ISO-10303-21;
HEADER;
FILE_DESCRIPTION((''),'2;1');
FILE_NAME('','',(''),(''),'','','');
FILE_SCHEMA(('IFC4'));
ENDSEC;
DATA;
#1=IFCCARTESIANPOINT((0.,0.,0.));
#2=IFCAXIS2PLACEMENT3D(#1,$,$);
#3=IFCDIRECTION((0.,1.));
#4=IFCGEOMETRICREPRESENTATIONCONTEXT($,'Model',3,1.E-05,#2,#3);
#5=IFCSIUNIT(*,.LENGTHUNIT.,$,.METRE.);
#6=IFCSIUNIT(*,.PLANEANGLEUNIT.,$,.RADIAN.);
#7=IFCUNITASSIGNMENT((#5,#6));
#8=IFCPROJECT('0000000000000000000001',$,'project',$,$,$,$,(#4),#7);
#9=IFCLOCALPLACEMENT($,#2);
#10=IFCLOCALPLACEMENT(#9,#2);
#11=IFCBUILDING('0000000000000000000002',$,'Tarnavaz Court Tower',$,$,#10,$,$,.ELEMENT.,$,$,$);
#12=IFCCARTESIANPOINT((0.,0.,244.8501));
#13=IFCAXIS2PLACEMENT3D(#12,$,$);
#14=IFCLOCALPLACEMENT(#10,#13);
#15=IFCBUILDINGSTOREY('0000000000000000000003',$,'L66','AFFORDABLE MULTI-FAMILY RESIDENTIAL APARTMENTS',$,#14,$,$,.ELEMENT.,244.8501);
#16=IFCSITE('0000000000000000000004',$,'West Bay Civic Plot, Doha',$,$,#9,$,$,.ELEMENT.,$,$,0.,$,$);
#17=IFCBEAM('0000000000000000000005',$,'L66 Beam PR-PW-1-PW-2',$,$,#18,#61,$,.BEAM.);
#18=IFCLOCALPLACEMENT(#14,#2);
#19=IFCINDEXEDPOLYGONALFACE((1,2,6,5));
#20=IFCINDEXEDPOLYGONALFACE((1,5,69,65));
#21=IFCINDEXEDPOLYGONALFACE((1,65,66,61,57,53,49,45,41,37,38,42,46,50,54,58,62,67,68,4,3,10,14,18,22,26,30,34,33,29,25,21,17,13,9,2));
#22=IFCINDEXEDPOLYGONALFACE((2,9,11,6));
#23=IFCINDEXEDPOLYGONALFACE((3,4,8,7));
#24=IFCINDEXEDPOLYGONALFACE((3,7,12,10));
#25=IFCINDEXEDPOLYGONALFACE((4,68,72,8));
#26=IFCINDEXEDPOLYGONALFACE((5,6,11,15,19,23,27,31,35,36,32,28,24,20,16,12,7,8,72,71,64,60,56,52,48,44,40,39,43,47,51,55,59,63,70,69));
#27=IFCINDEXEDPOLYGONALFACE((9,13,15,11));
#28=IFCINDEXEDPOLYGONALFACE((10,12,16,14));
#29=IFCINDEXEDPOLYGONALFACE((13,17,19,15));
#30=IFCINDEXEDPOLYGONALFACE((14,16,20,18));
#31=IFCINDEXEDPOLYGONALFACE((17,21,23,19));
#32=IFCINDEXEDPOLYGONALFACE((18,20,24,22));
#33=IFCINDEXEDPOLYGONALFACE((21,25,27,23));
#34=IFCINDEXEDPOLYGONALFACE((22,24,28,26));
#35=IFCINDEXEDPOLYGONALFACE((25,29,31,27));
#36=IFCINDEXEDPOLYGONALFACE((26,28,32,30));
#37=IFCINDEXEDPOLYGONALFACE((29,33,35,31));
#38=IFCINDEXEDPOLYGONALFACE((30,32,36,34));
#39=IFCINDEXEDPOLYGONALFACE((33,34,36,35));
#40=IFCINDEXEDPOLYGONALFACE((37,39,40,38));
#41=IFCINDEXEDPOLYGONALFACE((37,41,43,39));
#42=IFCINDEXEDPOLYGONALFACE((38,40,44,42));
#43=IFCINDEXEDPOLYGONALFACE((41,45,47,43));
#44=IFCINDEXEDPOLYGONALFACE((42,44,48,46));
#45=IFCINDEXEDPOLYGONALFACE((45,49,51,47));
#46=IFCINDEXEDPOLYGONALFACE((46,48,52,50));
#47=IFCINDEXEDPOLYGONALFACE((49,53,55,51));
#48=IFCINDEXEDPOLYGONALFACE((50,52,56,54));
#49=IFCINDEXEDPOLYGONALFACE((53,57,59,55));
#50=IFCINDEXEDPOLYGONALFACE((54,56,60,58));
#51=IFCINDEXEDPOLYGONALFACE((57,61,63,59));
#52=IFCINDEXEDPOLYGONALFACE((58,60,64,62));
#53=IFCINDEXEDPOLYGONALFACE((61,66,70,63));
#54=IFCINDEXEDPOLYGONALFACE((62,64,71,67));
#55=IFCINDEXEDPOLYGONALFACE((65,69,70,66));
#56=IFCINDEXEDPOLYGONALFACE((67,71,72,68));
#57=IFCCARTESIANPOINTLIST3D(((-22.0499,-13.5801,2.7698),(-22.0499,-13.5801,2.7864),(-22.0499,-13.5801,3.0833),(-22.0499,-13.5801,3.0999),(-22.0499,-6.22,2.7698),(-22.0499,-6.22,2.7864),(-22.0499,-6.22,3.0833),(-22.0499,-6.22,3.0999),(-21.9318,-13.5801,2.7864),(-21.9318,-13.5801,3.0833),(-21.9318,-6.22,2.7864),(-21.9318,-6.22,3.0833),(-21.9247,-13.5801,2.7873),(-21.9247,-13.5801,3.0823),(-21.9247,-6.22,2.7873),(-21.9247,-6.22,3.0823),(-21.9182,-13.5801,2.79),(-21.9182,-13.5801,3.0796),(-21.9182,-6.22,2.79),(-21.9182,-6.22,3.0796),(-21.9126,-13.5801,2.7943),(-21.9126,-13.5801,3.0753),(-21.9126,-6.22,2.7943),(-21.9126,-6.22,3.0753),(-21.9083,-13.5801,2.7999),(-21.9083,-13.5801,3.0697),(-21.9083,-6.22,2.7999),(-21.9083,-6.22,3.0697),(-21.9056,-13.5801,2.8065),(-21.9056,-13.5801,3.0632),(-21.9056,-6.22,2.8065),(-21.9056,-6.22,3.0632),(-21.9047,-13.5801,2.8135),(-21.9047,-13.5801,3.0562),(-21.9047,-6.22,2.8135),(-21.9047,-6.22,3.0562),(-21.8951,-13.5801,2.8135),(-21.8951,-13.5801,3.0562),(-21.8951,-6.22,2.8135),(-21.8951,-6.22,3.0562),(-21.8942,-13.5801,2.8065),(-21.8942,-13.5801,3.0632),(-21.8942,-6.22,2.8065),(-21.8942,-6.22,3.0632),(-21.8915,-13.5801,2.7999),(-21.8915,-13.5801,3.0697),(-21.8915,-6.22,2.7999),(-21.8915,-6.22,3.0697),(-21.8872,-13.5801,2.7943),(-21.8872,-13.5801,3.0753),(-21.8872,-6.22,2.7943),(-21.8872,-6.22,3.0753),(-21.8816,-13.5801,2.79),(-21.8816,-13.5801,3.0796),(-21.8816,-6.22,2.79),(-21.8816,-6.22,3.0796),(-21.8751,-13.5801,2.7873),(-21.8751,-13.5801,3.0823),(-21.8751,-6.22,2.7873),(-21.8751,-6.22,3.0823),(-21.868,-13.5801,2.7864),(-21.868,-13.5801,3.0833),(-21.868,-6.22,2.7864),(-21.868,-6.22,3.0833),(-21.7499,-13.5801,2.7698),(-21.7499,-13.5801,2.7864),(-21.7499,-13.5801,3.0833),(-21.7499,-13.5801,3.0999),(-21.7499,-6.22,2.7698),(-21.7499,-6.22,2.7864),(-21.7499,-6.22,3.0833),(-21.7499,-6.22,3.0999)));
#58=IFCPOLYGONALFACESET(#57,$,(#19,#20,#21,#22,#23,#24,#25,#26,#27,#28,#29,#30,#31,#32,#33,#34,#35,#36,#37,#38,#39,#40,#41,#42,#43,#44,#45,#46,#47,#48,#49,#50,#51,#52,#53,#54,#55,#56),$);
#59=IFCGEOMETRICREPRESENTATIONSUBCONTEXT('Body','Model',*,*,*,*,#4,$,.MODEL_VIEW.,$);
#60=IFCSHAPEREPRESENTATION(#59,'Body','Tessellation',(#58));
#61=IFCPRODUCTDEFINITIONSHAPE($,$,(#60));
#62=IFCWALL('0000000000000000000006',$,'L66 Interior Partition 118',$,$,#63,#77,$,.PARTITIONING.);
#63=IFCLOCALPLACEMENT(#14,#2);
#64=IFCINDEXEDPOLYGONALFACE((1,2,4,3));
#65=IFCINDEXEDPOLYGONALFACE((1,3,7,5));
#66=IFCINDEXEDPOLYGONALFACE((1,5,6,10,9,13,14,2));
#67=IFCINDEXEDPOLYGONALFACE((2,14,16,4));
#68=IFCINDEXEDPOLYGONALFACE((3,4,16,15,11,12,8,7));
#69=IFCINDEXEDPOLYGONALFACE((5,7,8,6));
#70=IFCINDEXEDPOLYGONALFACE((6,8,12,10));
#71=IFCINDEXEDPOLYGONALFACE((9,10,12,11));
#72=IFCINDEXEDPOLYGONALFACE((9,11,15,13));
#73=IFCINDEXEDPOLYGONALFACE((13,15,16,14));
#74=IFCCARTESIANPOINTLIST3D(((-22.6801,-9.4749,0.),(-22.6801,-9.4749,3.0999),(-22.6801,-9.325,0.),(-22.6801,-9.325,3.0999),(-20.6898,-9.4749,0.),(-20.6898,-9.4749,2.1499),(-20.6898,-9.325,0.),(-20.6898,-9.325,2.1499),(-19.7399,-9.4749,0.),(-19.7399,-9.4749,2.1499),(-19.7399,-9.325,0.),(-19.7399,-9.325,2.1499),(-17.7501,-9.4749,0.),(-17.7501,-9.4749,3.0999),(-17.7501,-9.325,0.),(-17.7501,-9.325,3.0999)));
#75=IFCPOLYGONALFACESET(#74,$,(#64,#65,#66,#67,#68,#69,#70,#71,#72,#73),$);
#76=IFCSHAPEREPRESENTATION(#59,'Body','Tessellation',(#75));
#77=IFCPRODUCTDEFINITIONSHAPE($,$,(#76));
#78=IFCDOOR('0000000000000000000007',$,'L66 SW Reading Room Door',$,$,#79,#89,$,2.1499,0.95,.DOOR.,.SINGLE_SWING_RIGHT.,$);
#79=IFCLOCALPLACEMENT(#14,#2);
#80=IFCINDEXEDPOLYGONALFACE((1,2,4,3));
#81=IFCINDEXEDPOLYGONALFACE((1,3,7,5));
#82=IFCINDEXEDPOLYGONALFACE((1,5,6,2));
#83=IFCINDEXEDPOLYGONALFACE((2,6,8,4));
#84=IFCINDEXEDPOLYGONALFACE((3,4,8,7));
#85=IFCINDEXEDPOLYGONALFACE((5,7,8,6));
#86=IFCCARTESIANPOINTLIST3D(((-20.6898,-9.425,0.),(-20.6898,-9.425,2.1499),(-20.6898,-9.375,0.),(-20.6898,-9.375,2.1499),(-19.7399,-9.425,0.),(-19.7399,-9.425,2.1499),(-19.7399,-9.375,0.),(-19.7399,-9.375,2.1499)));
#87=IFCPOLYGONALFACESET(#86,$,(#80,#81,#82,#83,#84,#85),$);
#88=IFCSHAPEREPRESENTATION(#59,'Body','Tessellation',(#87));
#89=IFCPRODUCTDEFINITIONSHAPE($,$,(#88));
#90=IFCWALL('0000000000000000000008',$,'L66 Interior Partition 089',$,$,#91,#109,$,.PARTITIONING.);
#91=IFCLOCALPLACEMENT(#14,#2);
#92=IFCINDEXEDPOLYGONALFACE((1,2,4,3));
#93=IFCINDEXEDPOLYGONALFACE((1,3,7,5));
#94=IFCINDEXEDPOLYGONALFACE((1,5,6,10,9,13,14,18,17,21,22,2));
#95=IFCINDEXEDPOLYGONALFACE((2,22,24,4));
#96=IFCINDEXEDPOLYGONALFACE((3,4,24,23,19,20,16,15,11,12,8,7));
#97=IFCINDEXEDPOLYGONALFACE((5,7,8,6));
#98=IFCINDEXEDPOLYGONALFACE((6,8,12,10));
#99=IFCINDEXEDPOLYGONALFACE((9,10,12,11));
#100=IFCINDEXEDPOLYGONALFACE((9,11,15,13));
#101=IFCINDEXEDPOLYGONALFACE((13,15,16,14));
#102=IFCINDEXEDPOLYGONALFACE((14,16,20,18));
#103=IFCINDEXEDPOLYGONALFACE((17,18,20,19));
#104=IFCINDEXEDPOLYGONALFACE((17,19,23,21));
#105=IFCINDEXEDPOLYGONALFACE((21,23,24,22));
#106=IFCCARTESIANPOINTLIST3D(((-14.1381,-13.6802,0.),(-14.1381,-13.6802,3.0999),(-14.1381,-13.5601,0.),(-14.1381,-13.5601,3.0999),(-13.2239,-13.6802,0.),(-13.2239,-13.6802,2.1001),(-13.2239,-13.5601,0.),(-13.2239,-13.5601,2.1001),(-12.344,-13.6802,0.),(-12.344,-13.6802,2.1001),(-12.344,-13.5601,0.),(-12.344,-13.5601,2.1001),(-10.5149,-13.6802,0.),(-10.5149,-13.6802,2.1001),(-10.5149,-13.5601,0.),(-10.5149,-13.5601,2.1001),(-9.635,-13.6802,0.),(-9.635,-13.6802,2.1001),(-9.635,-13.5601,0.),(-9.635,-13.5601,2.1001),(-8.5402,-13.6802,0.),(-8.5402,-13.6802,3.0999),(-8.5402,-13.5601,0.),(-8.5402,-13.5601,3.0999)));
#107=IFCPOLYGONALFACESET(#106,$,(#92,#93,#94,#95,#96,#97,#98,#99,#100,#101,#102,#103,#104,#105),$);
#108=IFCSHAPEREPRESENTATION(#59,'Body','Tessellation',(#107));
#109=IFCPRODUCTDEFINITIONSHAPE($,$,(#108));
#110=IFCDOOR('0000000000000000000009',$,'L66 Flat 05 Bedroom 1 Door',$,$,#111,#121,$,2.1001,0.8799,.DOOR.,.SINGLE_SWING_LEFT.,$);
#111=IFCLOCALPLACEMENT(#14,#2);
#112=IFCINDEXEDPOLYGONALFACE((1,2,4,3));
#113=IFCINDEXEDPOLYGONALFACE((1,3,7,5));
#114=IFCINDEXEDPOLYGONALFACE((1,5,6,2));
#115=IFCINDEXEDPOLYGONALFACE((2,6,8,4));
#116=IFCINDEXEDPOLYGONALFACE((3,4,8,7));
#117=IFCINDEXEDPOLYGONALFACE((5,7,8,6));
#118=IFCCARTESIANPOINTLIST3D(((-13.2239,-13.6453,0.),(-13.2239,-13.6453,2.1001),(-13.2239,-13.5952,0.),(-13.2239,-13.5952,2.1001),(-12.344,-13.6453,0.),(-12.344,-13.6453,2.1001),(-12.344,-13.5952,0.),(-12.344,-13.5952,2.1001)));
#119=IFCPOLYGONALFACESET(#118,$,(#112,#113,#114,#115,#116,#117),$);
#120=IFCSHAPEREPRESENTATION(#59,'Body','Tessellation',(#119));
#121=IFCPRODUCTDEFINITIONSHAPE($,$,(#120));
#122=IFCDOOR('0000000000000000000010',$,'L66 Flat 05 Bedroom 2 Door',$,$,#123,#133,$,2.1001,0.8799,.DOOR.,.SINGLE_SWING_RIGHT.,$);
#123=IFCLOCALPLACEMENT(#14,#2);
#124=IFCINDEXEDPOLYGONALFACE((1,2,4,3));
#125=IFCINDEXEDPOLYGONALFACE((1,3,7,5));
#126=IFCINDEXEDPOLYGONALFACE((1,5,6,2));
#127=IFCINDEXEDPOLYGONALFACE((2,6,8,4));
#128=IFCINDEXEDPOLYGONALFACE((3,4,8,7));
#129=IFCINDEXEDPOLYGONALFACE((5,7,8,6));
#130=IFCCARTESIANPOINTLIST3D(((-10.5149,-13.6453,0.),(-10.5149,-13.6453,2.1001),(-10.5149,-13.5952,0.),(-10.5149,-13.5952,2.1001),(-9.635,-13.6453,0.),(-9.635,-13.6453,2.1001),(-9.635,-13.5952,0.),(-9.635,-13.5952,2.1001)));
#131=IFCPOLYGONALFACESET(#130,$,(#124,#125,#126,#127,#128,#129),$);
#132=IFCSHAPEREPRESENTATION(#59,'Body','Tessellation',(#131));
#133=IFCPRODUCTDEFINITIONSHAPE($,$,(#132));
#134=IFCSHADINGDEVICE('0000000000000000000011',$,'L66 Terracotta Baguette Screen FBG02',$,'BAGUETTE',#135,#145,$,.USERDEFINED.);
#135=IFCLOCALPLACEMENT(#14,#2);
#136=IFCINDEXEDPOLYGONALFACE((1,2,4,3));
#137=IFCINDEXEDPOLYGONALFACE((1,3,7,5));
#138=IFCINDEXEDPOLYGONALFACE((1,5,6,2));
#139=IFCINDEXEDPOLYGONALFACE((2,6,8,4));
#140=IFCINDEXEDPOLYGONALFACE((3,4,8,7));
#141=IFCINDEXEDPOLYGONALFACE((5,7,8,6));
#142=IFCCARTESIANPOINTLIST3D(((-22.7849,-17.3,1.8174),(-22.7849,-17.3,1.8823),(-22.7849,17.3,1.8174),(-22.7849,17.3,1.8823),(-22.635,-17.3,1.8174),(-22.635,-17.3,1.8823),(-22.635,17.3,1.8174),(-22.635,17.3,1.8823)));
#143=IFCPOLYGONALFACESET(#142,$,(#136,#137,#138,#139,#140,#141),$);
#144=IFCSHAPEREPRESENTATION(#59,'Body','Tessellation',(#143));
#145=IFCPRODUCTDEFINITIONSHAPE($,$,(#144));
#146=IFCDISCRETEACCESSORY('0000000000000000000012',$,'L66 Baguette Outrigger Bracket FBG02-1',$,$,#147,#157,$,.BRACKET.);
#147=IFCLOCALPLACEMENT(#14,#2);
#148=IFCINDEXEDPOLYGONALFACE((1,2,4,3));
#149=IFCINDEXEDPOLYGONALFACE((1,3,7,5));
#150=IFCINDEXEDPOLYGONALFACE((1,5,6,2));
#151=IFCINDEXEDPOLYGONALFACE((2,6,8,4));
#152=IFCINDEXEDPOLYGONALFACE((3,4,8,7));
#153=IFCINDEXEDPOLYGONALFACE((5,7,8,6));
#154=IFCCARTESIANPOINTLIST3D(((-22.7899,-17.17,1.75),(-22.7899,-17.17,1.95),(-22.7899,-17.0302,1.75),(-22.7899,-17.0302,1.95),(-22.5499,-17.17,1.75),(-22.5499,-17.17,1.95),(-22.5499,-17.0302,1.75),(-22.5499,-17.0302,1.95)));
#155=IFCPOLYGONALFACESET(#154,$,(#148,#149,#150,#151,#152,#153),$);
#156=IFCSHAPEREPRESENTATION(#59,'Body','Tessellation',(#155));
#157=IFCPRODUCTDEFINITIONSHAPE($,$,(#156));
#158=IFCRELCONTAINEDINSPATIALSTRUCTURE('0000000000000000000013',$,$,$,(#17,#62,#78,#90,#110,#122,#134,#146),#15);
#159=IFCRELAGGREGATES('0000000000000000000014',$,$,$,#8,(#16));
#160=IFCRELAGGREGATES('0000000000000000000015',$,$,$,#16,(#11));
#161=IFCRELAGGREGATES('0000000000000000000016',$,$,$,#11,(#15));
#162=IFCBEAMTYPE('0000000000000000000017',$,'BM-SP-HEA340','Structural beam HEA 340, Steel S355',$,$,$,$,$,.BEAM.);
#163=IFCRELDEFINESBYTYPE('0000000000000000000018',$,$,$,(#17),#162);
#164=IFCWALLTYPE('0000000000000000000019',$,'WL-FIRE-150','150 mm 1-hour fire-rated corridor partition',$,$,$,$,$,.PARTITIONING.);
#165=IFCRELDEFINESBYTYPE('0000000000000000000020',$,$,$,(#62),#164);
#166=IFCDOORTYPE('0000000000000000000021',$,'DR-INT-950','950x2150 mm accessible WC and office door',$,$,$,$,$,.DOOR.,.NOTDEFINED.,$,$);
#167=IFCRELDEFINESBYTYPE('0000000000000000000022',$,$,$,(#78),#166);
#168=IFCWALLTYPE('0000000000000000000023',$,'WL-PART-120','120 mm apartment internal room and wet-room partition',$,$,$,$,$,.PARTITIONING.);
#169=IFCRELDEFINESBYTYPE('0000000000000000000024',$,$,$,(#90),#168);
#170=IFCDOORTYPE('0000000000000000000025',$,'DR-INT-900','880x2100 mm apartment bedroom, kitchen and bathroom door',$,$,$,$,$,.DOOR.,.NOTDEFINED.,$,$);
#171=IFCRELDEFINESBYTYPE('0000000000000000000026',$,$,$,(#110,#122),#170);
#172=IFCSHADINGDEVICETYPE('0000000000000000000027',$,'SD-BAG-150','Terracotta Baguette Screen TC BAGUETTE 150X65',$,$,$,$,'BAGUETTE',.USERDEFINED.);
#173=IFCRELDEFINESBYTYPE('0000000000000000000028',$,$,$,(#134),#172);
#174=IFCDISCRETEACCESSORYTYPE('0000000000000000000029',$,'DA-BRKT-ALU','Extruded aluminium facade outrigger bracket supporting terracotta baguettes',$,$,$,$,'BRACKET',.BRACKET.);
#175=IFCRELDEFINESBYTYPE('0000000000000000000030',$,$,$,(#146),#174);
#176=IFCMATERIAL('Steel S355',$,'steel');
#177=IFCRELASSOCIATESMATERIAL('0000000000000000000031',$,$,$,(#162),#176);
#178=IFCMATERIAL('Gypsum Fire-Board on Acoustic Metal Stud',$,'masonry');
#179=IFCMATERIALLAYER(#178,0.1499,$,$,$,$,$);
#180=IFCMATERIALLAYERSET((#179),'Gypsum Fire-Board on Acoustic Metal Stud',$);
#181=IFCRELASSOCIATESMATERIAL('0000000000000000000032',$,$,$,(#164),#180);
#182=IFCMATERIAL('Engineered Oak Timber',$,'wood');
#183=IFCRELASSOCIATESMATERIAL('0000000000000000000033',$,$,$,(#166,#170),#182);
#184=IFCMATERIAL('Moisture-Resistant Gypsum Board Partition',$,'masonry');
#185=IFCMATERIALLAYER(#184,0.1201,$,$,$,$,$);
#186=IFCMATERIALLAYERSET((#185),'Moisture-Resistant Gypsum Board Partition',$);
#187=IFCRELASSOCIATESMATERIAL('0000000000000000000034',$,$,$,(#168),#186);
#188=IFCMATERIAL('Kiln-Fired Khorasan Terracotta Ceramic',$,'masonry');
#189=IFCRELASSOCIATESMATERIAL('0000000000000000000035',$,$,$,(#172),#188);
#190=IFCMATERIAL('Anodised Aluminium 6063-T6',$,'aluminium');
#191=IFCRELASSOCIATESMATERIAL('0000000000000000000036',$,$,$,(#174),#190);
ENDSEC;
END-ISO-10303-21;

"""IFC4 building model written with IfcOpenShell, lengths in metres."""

from ifc_helpers import new_model, si_unit, direction, frame, frame_2d, origin, origin_2d, place, context, subcontext, project, spatial, rectangle, i_section, extrude, material, layer, layer_set, material_profile, profile_set, type_object, element, fill, save


model = new_model("IFC4")

# Units and contexts
model_context = context("Model", 3, precision=1e-05, world=origin(), true_north=direction((0.0, 1.0)))
body_context = subcontext(model_context, "Body", "Model", "MODEL_VIEW")
ifc_project = project(units=[si_unit("LENGTHUNIT", "METRE"), si_unit("PLANEANGLEUNIT", "RADIAN")], contexts=[model_context])

# Site, building, storey
site_placement = place(None, origin())
site = spatial("IfcSite", under=ifc_project, at=site_placement, Name="West Bay Civic Plot, Doha", CompositionType="ELEMENT", RefElevation=0.0)
building_placement = place(site_placement, origin())
building = spatial("IfcBuilding", under=site, at=building_placement, Name="Tarnavaz Court Tower", CompositionType="ELEMENT")
storey_placement = place(building_placement, frame((0.0, 0.0, 244.8501)))
storey = spatial("IfcBuildingStorey", under=building, at=storey_placement, Name="L66", Description="AFFORDABLE MULTI-FAMILY RESIDENTIAL APARTMENTS", CompositionType="ELEMENT", Elevation=244.8501)

# Beam
ifc_material_1 = material(Name="Steel S355", Category="steel")
ifc_material_profile_1 = material_profile(ifc_material_1, i_section(OverallWidth=0.3, OverallDepth=0.3301, WebThickness=0.0095, FlangeThickness=0.0166, FilletRadius=0.0271, at=origin_2d()), Name="HEA 340")
ifc_profile_set_1 = profile_set([ifc_material_profile_1], Name="Steel S355")
beam_type_1 = type_object("IfcBeamType", Name="BM-SP-HEA340", Description="Structural beam HEA 340, Steel S355", PredefinedType="BEAM", material=ifc_profile_set_1)
beam_placement = place(storey_placement, frame((-21.8999, -13.5801, 2.9348), z_axis=(0.0, 1.0, 0.0), x_axis=(-1.0, 0.0, 0.0)))
element("IfcBeam", 1, at=beam_placement, inside=storey, type_object=beam_type_1, Name="L66 Beam PR-PW-1-PW-2", PredefinedType="BEAM", context=body_context, shape_type="SweptSolid", body=[
    extrude(i_section(OverallWidth=0.3, OverallDepth=0.3301, WebThickness=0.0095, FlangeThickness=0.0166, FilletRadius=0.0271, at=origin_2d()), origin(), (0.0, 0.0, 1.0), 7.3601),
])

# Wall, opening, door
ifc_material_2 = material(Name="Gypsum Fire-Board on Acoustic Metal Stud", Category="masonry")
ifc_layer_1 = layer(ifc_material_2, 0.1499)
ifc_layer_set_1 = layer_set([ifc_layer_1], Name="Gypsum Fire-Board on Acoustic Metal Stud")
wall_type_1 = type_object("IfcWallType", Name="WL-FIRE-150", Description="150 mm 1-hour fire-rated corridor partition", PredefinedType="PARTITIONING", material=ifc_layer_set_1)
wall_1_placement = place(storey_placement, frame((-22.6799, -9.3999, 0.0), z_axis=(0.0, 0.0, 1.0), x_axis=(1.0, 0.0, 0.0)))
wall_1 = element("IfcWall", 2, at=wall_1_placement, inside=storey, type_object=wall_type_1, Name="L66 Interior Partition 118", PredefinedType="PARTITIONING", context=body_context, shape_type="SweptSolid", body=[
    extrude(rectangle(XDim=4.9299, YDim=0.1499, at=frame_2d((2.4648, 0.0))), origin(), (0.0, 0.0, 1.0), 3.0999),
])
opening_1_placement = place(wall_1_placement, frame((1.99, 0.0, 0.0)))
opening_1 = element("IfcOpeningElement", 3, at=opening_1_placement, cuts=wall_1, PredefinedType="OPENING", context=body_context, shape_type="SweptSolid", body=[
    extrude(rectangle(XDim=0.95, YDim=2.1499, at=frame_2d((0.4751, 1.075))), frame((0.0, 0.085, 0.0), z_axis=(0.0, -1.0, 0.0), x_axis=(1.0, 0.0, 0.0)), (0.0, 0.0, 1.0), 0.1699),
])
ifc_material_3 = material(Name="Engineered Oak Timber", Category="wood")
door_type_1 = type_object("IfcDoorType", Name="DR-INT-950", Description="950x2150 mm accessible WC and office door", OperationType="NOTDEFINED", PredefinedType="DOOR", material=ifc_material_3)
door_1_placement = place(opening_1_placement, origin())
door_1 = element("IfcDoor", 4, at=door_1_placement, inside=storey, type_object=door_type_1, Name="L66 SW Reading Room Door", OperationType="SINGLE_SWING_RIGHT", OverallHeight=2.1499, OverallWidth=0.95, PredefinedType="DOOR", context=body_context, shape_type="SweptSolid", body=[
    extrude(rectangle(XDim=0.95, YDim=2.1499, at=frame_2d((0.4751, 1.075))), frame((0.0, 0.0249, 0.0), z_axis=(0.0, -1.0, 0.0), x_axis=(1.0, 0.0, 0.0)), (0.0, 0.0, 1.0), 0.05),
])
fill(opening_1, door_1)

# Wall, openings, doors
ifc_material_4 = material(Name="Moisture-Resistant Gypsum Board Partition", Category="masonry")
ifc_layer_2 = layer(ifc_material_4, 0.1201)
ifc_layer_set_2 = layer_set([ifc_layer_2], Name="Moisture-Resistant Gypsum Board Partition")
wall_type_2 = type_object("IfcWallType", Name="WL-PART-120", Description="120 mm apartment internal room and wet-room partition", PredefinedType="PARTITIONING", material=ifc_layer_set_2)
wall_2_placement = place(storey_placement, frame((-14.1379, -13.6201, 0.0), z_axis=(0.0, 0.0, 1.0), x_axis=(1.0, 0.0, 0.0)))
wall_2 = element("IfcWall", 5, at=wall_2_placement, inside=storey, type_object=wall_type_2, Name="L66 Interior Partition 089", PredefinedType="PARTITIONING", context=body_context, shape_type="SweptSolid", body=[
    extrude(rectangle(XDim=5.5979, YDim=0.1201, at=frame_2d((2.7988, 0.0))), origin(), (0.0, 0.0, 1.0), 3.0999),
])
opening_2_placement = place(wall_2_placement, frame((0.9141, 0.0, 0.0)))
opening_2 = element("IfcOpeningElement", 6, at=opening_2_placement, cuts=wall_2, PredefinedType="OPENING", context=body_context, shape_type="SweptSolid", body=[
    extrude(rectangle(XDim=0.8799, YDim=2.1001, at=frame_2d((0.4399, 1.05))), frame((0.0, 0.0701, 0.0), z_axis=(0.0, -1.0, 0.0), x_axis=(1.0, 0.0, 0.0)), (0.0, 0.0, 1.0), 0.1401),
])
opening_3_placement = place(wall_2_placement, frame((3.623, 0.0, 0.0)))
opening_3 = element("IfcOpeningElement", 7, at=opening_3_placement, cuts=wall_2, PredefinedType="OPENING", context=body_context, shape_type="SweptSolid", body=[
    extrude(rectangle(XDim=0.8799, YDim=2.1001, at=frame_2d((0.4399, 1.05))), frame((0.0, 0.0701, 0.0), z_axis=(0.0, -1.0, 0.0), x_axis=(1.0, 0.0, 0.0)), (0.0, 0.0, 1.0), 0.1401),
])
door_type_2 = type_object("IfcDoorType", Name="DR-INT-900", Description="880x2100 mm apartment bedroom, kitchen and bathroom door", OperationType="NOTDEFINED", PredefinedType="DOOR", material=ifc_material_3)
door_2_placement = place(opening_2_placement, origin())
door_2 = element("IfcDoor", 8, at=door_2_placement, inside=storey, type_object=door_type_2, Name="L66 Flat 05 Bedroom 1 Door", OperationType="SINGLE_SWING_LEFT", OverallHeight=2.1001, OverallWidth=0.8799, PredefinedType="DOOR", context=body_context, shape_type="SweptSolid", body=[
    extrude(rectangle(XDim=0.8799, YDim=2.1001, at=frame_2d((0.4399, 1.05))), frame((0.0, 0.0249, 0.0), z_axis=(0.0, -1.0, 0.0), x_axis=(1.0, 0.0, 0.0)), (0.0, 0.0, 1.0), 0.05),
])
fill(opening_2, door_2)
door_3_placement = place(opening_3_placement, origin())
door_3 = element("IfcDoor", 9, at=door_3_placement, inside=storey, type_object=door_type_2, Name="L66 Flat 05 Bedroom 2 Door", OperationType="SINGLE_SWING_RIGHT", OverallHeight=2.1001, OverallWidth=0.8799, PredefinedType="DOOR", context=body_context, shape_type="SweptSolid", body=[
    extrude(rectangle(XDim=0.8799, YDim=2.1001, at=frame_2d((0.4399, 1.05))), frame((0.0, 0.0249, 0.0), z_axis=(0.0, -1.0, 0.0), x_axis=(1.0, 0.0, 0.0)), (0.0, 0.0, 1.0), 0.05),
])
fill(opening_3, door_3)

# Shading device
ifc_material_5 = material(Name="Kiln-Fired Khorasan Terracotta Ceramic", Category="masonry")
ifc_material_profile_2 = material_profile(ifc_material_5, rectangle(XDim=0.1499, YDim=0.0649, at=origin_2d()), Name="TC BAGUETTE 150X65")
ifc_profile_set_2 = profile_set([ifc_material_profile_2], Name="Kiln-Fired Khorasan Terracotta Ceramic")
shading_device_type = type_object("IfcShadingDeviceType", Name="SD-BAG-150", Description="Terracotta Baguette Screen TC BAGUETTE 150X65", ElementType="BAGUETTE", PredefinedType="USERDEFINED", material=ifc_profile_set_2)
shading_device_placement = place(storey_placement, frame((-22.71, -17.3, 1.8499), z_axis=(0.0, 1.0, 0.0), x_axis=(-1.0, 0.0, 0.0)))
element("IfcShadingDevice", 10, at=shading_device_placement, inside=storey, type_object=shading_device_type, Name="L66 Terracotta Baguette Screen FBG02", ObjectType="BAGUETTE", PredefinedType="USERDEFINED", context=body_context, shape_type="SweptSolid", body=[
    extrude(rectangle(XDim=0.1499, YDim=0.0649, at=origin_2d()), origin(), (0.0, 0.0, 1.0), 34.6001),
])

# Discrete accessory
ifc_material_6 = material(Name="Anodised Aluminium 6063-T6", Category="aluminium")
discrete_accessory_type = type_object("IfcDiscreteAccessoryType", Name="DA-BRKT-ALU", Description="Extruded aluminium facade outrigger bracket supporting terracotta baguettes", ElementType="BRACKET", PredefinedType="BRACKET", material=ifc_material_6)
discrete_accessory_placement = place(storey_placement, frame((-22.6699, -17.1001, 1.75), z_axis=(0.0, 0.0, 1.0), x_axis=(0.0, 1.0, 0.0)))
element("IfcDiscreteAccessory", 11, at=discrete_accessory_placement, inside=storey, type_object=discrete_accessory_type, Name="L66 Baguette Outrigger Bracket FBG02-1", PredefinedType="BRACKET", context=body_context, shape_type="SweptSolid", body=[
    extrude(rectangle(XDim=0.1399, YDim=0.24, at=origin_2d()), origin(), (0.0, 0.0, 1.0), 0.2),
])

save(model, "model.ifc")
